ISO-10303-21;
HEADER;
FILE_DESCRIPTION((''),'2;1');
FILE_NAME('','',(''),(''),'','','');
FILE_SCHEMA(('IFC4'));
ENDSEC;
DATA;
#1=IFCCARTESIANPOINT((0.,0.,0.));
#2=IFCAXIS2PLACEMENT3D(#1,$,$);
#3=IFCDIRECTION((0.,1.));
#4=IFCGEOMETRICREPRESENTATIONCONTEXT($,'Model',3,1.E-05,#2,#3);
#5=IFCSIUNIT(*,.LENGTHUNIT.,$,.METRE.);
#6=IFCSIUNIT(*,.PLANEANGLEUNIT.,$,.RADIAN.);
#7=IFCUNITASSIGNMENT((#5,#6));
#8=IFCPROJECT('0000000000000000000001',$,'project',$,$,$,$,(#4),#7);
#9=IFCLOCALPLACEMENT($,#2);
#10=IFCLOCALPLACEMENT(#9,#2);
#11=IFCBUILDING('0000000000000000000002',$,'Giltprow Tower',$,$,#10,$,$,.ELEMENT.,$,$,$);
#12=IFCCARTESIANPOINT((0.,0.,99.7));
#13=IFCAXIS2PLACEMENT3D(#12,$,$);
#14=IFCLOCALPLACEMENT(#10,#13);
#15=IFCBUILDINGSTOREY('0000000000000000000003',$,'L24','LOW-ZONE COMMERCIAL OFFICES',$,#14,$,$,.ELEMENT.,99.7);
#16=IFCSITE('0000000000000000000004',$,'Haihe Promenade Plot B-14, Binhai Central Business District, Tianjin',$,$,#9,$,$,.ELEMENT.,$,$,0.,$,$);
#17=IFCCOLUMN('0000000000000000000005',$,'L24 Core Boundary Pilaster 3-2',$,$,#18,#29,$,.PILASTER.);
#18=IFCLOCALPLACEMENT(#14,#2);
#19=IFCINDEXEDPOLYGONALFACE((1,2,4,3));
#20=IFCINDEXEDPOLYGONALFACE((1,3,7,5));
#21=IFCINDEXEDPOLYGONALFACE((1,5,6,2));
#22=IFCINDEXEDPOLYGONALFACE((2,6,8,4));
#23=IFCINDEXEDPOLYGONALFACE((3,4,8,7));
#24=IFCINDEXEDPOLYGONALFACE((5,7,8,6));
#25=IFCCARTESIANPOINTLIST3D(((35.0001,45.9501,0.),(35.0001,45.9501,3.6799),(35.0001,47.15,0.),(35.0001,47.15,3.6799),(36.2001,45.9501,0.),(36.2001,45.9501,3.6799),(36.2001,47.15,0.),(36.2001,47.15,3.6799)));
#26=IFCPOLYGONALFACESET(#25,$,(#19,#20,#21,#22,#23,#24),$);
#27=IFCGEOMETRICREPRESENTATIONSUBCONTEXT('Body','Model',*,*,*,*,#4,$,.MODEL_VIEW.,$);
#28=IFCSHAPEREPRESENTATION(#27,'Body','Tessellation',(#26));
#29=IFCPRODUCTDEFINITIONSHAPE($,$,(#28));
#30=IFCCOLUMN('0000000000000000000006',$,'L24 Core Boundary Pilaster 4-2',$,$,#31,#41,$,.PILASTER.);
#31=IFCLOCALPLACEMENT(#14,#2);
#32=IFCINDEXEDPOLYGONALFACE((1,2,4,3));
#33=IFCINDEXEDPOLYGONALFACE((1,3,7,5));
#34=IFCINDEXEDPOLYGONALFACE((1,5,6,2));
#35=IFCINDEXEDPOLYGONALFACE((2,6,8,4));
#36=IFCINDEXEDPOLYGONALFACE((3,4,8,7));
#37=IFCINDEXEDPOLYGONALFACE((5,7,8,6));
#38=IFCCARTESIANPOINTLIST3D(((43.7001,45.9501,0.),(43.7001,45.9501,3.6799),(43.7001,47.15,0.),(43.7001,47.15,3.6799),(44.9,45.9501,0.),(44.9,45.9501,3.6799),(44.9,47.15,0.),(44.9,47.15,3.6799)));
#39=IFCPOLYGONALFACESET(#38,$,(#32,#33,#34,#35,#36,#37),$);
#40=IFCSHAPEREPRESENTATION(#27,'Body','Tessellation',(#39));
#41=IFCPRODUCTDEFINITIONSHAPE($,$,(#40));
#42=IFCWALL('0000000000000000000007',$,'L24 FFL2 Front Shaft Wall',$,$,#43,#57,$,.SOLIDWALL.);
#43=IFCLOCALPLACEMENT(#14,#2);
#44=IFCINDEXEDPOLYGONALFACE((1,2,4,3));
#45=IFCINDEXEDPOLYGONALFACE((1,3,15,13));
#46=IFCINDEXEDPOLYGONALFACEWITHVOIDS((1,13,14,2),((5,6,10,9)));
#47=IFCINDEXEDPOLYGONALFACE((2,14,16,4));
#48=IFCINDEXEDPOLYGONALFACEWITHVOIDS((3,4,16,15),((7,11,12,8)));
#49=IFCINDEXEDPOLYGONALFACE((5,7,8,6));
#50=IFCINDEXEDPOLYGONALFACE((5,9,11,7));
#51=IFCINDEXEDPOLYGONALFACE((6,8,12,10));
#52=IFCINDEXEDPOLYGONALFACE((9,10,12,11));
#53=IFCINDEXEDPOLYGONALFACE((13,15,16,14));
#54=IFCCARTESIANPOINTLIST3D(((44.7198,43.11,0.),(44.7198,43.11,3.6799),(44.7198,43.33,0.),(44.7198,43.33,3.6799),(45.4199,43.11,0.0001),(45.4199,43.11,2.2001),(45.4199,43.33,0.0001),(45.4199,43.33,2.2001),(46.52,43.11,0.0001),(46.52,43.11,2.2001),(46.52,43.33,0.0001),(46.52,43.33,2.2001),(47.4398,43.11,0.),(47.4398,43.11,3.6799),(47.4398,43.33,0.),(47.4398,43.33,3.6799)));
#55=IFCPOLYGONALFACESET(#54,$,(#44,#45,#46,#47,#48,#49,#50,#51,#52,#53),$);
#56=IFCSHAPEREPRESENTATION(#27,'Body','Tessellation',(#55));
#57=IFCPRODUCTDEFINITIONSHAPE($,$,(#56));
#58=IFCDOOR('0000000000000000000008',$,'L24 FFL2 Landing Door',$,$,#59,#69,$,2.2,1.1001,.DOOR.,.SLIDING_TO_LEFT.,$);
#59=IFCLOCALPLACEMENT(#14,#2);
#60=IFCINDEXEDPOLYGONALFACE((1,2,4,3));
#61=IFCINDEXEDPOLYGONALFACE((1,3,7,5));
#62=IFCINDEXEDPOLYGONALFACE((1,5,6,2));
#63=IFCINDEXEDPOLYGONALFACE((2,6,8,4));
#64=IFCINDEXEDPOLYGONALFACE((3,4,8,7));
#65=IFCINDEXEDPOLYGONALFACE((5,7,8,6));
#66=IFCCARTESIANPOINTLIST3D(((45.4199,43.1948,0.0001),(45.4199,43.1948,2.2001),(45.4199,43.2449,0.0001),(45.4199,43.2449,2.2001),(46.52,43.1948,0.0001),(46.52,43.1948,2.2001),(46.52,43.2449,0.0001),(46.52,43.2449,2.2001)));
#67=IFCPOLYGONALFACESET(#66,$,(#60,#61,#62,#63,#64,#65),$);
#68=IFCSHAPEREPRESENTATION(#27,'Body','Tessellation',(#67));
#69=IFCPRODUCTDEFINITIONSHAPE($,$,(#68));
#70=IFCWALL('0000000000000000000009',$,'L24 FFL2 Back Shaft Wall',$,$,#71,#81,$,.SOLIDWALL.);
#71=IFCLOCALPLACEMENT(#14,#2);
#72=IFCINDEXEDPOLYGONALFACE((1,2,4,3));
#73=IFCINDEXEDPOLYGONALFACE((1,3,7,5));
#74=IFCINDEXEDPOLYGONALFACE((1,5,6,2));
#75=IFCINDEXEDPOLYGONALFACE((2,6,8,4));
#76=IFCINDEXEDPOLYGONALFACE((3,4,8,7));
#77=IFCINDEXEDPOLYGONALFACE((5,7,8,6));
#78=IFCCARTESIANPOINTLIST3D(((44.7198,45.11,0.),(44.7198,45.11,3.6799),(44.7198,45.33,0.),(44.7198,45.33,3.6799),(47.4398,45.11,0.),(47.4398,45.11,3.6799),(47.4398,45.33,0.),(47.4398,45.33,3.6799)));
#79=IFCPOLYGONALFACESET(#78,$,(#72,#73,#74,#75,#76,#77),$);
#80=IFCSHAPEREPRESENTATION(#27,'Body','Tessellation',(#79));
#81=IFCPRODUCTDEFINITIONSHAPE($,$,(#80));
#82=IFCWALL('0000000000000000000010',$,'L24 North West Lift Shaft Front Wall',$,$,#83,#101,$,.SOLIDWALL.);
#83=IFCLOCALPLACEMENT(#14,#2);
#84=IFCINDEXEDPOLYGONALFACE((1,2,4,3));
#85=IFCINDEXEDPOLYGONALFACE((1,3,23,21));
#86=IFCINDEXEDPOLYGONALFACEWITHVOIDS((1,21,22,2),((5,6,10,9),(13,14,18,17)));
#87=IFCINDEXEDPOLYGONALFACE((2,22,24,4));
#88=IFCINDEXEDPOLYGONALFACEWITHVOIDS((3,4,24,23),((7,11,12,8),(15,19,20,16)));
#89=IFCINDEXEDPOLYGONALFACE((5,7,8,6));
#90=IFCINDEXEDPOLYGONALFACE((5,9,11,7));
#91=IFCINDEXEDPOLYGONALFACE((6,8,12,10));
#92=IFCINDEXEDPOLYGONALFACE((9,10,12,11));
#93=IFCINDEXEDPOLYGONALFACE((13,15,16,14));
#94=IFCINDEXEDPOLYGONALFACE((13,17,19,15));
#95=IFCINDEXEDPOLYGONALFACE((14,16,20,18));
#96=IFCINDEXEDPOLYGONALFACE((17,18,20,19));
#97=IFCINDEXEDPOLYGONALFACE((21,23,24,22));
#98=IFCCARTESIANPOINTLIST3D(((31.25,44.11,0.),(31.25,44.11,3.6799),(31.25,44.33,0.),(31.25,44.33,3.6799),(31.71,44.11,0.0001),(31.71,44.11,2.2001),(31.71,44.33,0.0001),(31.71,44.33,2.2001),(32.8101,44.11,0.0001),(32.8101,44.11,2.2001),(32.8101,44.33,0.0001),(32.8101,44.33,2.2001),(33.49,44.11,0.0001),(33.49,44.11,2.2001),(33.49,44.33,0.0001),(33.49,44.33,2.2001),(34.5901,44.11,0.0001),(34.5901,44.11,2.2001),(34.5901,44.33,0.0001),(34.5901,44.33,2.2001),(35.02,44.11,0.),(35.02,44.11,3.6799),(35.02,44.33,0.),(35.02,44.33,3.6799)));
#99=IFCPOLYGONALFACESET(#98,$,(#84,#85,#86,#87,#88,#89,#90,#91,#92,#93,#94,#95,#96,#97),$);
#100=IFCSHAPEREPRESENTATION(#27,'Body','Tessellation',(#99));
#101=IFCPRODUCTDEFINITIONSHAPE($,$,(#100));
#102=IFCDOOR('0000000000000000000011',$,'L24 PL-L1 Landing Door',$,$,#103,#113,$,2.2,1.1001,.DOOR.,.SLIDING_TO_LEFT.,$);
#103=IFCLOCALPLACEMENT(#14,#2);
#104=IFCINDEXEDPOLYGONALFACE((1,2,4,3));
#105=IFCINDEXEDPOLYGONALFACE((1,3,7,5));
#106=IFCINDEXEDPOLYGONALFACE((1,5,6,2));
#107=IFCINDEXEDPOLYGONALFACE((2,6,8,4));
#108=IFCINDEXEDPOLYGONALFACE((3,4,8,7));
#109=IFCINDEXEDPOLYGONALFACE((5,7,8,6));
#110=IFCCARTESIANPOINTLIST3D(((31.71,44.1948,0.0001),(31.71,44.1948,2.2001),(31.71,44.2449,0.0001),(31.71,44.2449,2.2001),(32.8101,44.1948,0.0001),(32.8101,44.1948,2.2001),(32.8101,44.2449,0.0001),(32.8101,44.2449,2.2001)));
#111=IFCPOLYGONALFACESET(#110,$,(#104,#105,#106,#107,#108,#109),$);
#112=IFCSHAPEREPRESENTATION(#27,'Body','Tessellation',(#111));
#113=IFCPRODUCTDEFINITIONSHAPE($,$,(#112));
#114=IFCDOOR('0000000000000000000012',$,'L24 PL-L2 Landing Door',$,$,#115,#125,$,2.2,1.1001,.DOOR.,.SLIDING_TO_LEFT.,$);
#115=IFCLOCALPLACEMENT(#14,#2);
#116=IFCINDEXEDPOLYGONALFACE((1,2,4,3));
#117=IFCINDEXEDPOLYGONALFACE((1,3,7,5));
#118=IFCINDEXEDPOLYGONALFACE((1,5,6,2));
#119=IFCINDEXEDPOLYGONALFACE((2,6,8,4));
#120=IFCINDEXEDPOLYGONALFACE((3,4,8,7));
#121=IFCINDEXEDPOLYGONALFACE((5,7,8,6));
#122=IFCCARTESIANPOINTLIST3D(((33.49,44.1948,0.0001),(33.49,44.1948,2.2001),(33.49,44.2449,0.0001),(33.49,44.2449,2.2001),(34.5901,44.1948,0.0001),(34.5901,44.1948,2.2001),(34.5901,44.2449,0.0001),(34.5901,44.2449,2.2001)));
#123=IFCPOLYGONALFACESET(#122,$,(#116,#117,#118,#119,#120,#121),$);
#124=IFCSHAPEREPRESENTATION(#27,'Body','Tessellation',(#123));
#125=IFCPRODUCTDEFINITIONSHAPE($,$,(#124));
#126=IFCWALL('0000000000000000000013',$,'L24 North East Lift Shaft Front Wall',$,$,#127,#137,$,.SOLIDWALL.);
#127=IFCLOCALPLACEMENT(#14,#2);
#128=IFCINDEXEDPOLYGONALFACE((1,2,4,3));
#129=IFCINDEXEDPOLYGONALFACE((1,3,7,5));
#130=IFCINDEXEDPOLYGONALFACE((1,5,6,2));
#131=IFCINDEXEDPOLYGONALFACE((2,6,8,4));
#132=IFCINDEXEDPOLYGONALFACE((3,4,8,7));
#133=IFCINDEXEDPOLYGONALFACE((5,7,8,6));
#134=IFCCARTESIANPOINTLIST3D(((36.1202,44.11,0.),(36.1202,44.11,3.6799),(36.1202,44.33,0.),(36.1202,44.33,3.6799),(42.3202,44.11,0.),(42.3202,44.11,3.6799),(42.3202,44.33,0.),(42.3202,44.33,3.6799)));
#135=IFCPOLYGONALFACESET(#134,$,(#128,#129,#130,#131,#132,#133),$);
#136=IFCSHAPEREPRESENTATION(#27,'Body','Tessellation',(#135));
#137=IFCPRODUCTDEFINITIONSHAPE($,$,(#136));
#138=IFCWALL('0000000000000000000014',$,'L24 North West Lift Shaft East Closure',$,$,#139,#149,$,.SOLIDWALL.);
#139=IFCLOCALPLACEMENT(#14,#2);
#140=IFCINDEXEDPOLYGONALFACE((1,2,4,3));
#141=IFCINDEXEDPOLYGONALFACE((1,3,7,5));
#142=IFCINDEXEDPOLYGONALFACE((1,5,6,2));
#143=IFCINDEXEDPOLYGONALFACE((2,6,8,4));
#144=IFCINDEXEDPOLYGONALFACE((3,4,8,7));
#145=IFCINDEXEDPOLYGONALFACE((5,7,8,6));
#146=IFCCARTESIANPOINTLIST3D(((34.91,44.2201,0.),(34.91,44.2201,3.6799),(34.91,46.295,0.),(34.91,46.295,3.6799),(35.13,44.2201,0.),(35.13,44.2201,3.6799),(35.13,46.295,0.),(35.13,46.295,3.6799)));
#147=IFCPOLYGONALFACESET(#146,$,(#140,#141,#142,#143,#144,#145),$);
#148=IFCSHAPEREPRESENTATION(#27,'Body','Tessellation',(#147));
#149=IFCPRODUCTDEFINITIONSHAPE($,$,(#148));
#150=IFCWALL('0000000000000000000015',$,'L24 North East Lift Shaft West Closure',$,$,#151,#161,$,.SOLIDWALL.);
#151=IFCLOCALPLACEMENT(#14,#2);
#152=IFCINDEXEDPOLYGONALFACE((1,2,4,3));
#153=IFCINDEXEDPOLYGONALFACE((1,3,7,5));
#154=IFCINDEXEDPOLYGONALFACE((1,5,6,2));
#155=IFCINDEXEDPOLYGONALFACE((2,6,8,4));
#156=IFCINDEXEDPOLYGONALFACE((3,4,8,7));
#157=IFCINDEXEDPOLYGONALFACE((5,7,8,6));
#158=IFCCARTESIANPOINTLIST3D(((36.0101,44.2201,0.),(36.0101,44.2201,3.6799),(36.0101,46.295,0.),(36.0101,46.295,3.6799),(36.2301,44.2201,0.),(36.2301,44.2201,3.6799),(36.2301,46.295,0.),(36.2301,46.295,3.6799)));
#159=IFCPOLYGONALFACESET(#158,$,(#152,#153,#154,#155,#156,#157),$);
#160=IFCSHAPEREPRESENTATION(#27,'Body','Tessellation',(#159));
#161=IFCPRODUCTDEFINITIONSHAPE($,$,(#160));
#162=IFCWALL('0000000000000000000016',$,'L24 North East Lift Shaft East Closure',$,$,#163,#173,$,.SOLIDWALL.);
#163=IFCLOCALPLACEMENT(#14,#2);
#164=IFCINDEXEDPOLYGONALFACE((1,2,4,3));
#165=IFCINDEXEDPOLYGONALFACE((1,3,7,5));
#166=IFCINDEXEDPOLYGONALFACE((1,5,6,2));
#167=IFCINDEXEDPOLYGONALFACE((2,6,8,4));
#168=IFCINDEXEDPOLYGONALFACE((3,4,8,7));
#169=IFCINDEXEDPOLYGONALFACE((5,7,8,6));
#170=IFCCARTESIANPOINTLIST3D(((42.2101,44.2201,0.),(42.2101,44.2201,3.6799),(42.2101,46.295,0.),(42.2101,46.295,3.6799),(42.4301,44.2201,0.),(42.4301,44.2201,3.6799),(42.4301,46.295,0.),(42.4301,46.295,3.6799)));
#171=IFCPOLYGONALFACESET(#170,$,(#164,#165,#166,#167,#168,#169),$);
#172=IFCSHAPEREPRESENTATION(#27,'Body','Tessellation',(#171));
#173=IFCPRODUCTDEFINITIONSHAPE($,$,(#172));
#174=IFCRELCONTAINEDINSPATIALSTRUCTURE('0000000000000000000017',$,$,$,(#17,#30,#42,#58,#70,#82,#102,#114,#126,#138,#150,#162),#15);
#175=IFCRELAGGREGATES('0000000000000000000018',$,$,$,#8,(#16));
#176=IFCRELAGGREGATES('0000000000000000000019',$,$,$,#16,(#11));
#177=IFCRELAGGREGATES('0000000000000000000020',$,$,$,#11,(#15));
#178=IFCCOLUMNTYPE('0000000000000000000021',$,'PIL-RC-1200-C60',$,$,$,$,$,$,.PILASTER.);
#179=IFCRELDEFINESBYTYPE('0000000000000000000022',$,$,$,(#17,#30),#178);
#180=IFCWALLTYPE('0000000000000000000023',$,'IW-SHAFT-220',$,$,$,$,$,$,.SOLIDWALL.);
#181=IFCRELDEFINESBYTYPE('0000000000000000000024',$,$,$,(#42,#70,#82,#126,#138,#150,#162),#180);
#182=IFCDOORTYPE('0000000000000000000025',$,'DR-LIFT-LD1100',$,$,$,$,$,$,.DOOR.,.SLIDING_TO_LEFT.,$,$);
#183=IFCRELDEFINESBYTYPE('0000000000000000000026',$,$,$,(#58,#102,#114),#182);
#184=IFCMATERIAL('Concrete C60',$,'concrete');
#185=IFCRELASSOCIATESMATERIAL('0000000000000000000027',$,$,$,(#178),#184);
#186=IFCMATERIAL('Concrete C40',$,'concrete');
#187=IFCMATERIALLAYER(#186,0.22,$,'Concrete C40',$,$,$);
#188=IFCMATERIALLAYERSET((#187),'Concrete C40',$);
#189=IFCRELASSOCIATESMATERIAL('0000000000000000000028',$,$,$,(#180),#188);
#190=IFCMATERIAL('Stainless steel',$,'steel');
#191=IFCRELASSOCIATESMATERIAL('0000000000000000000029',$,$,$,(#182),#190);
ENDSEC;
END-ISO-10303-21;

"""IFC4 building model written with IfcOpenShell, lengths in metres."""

from ifc_helpers import new_model, si_unit, direction, frame, frame_2d, origin, origin_2d, place, context, subcontext, project, spatial, rectangle, extrude, source, transform, mapped, material, layer, layer_set, material_profile, profile_set, type_object, element, fill, save


model = new_model("IFC4")

# Units and contexts
model_context = context("Model", 3, precision=1e-05, world=origin(), true_north=direction((0.0, 1.0)))
body_context = subcontext(model_context, "Body", "Model", "MODEL_VIEW")
ifc_project = project(units=[si_unit("LENGTHUNIT", "METRE"), si_unit("PLANEANGLEUNIT", "RADIAN")], contexts=[model_context])

# Site, building, storey
site_placement = place(None, origin())
site = spatial("IfcSite", under=ifc_project, at=site_placement, Name="Haihe Promenade Plot B-14, Binhai Central Business District, Tianjin", CompositionType="ELEMENT", RefElevation=0.0)
building_placement = place(site_placement, origin())
building = spatial("IfcBuilding", under=site, at=building_placement, Name="Giltprow Tower", CompositionType="ELEMENT")
storey_placement = place(building_placement, frame((0.0, 0.0, 99.7)))
storey = spatial("IfcBuildingStorey", under=building, at=storey_placement, Name="L24", Description="LOW-ZONE COMMERCIAL OFFICES", CompositionType="ELEMENT", Elevation=99.7)

# Columns
ifc_material_1 = material(Name="Concrete C60", Category="concrete")
ifc_material_profile = material_profile(ifc_material_1, rectangle(XDim=1.2, YDim=1.2, at=origin_2d()), Name="RC 1200x1200")
ifc_profile_set = profile_set([ifc_material_profile], Name="Concrete C60")
column_type = type_object("IfcColumnType", Name="PIL-RC-1200-C60", PredefinedType="PILASTER", material=ifc_profile_set)
shared_shape_1 = source(origin(), body_context, "Body", "SweptSolid", [
    extrude(rectangle(XDim=1.2, YDim=1.2, at=origin_2d()), origin(), (0.0, 0.0, 1.0), 3.6799),
])
for number, where, z_axis, x_axis, name in (
    (1, (35.6001, 46.55, 0.0), (0.0, 0.0, 1.0), (1.0, 0.0, 0.0), "L24 Core Boundary Pilaster 3-2"),
    (2, (44.3, 46.55, 0.0), (0.0, 0.0, 1.0), (1.0, 0.0, 0.0), "L24 Core Boundary Pilaster 4-2"),
):
    element("IfcColumn", number, at=place(storey_placement, frame(where, z_axis=z_axis, x_axis=x_axis)), inside=storey, type_object=column_type, Name=name, PredefinedType="PILASTER", context=body_context, shape_type="MappedRepresentation", body=[
        mapped(shared_shape_1, transform((0.0, 0.0, 0.0), x_axis=(1.0, 0.0, 0.0), y_axis=(0.0, 1.0, 0.0), z_axis=(0.0, 0.0, 1.0), scale=1.0)),
    ])

# Wall, opening, door
ifc_material_2 = material(Name="Concrete C40", Category="concrete")
ifc_layer_1 = layer(ifc_material_2, 0.22, Name="Concrete C40")
ifc_layer_set_1 = layer_set([ifc_layer_1], Name="Concrete C40")
wall_type_1 = type_object("IfcWallType", Name="IW-SHAFT-220", PredefinedType="SOLIDWALL", material=ifc_layer_set_1)
wall_1_placement = place(storey_placement, frame((44.72, 43.22, 0.0), z_axis=(0.0, 0.0, 1.0), x_axis=(1.0, 0.0, 0.0)))
wall_1 = element("IfcWall", 3, at=wall_1_placement, inside=storey, type_object=wall_type_1, Name="L24 FFL2 Front Shaft Wall", PredefinedType="SOLIDWALL", context=body_context, shape_type="SweptSolid", body=[
    extrude(rectangle(XDim=2.72, YDim=0.22, at=frame_2d((1.3599, 0.0))), origin(), (0.0, 0.0, 1.0), 3.6799),
])
opening_1_placement = place(wall_1_placement, frame((0.7, 0.0, 0.0)))
opening_1 = element("IfcOpeningElement", 4, at=opening_1_placement, cuts=wall_1, PredefinedType="OPENING", context=body_context, shape_type="SweptSolid", body=[
    extrude(rectangle(XDim=1.1001, YDim=2.2, at=frame_2d((0.55, 1.1001))), frame((0.0, 0.1199, 0.0), z_axis=(0.0, -1.0, 0.0), x_axis=(1.0, 0.0, 0.0)), (0.0, 0.0, 1.0), 0.24),
])
ifc_material_3 = material(Name="Stainless steel", Category="steel")
door_type = type_object("IfcDoorType", Name="DR-LIFT-LD1100", OperationType="SLIDING_TO_LEFT", PredefinedType="DOOR", material=ifc_material_3)
shared_shape_2 = source(origin(), body_context, "Body", "SweptSolid", [
    extrude(rectangle(XDim=1.1001, YDim=2.2, at=frame_2d((0.55, 1.1001))), frame((0.0, 0.0249, 0.0), z_axis=(0.0, -1.0, 0.0), x_axis=(1.0, 0.0, 0.0)), (0.0, 0.0, 1.0), 0.05),
])
door_1_placement = place(opening_1_placement, origin())
door_1 = element("IfcDoor", 5, at=door_1_placement, inside=storey, type_object=door_type, Name="L24 FFL2 Landing Door", OperationType="SLIDING_TO_LEFT", OverallHeight=2.2, OverallWidth=1.1001, PredefinedType="DOOR", context=body_context, shape_type="MappedRepresentation", body=[
    mapped(shared_shape_2, transform((0.0, 0.0, 0.0), x_axis=(1.0, 0.0, 0.0), y_axis=(0.0, 1.0, 0.0), z_axis=(0.0, 0.0, 1.0), scale=1.0)),
])
fill(opening_1, door_1)

# Wall
wall_2_placement = place(storey_placement, frame((44.72, 45.22, 0.0), z_axis=(0.0, 0.0, 1.0), x_axis=(1.0, 0.0, 0.0)))
element("IfcWall", 6, at=wall_2_placement, inside=storey, type_object=wall_type_1, Name="L24 FFL2 Back Shaft Wall", PredefinedType="SOLIDWALL", context=body_context, shape_type="SweptSolid", body=[
    extrude(rectangle(XDim=2.72, YDim=0.22, at=frame_2d((1.3599, 0.0))), origin(), (0.0, 0.0, 1.0), 3.6799),
])

# Wall, openings, doors
wall_3_placement = place(storey_placement, frame((31.25, 44.22, 0.0), z_axis=(0.0, 0.0, 1.0), x_axis=(1.0, 0.0, 0.0)))
wall_3 = element("IfcWall", 7, at=wall_3_placement, inside=storey, type_object=wall_type_1, Name="L24 North West Lift Shaft Front Wall", PredefinedType="SOLIDWALL", context=body_context, shape_type="SweptSolid", body=[
    extrude(rectangle(XDim=3.77, YDim=0.22, at=frame_2d((1.885, 0.0))), origin(), (0.0, 0.0, 1.0), 3.6799),
])
opening_2_placement = place(wall_3_placement, frame((0.46, 0.0, 0.0)))
opening_2 = element("IfcOpeningElement", 8, at=opening_2_placement, cuts=wall_3, PredefinedType="OPENING", context=body_context, shape_type="SweptSolid", body=[
    extrude(rectangle(XDim=1.1001, YDim=2.2, at=frame_2d((0.55, 1.1001))), frame((0.0, 0.1199, 0.0), z_axis=(0.0, -1.0, 0.0), x_axis=(1.0, 0.0, 0.0)), (0.0, 0.0, 1.0), 0.24),
])
opening_3_placement = place(wall_3_placement, frame((2.24, 0.0, 0.0)))
opening_3 = element("IfcOpeningElement", 9, at=opening_3_placement, cuts=wall_3, PredefinedType="OPENING", context=body_context, shape_type="SweptSolid", body=[
    extrude(rectangle(XDim=1.1001, YDim=2.2, at=frame_2d((0.55, 1.1001))), frame((0.0, 0.1199, 0.0), z_axis=(0.0, -1.0, 0.0), x_axis=(1.0, 0.0, 0.0)), (0.0, 0.0, 1.0), 0.24),
])
door_2_placement = place(opening_2_placement, origin())
door_2 = element("IfcDoor", 10, at=door_2_placement, inside=storey, type_object=door_type, Name="L24 PL-L1 Landing Door", OperationType="SLIDING_TO_LEFT", OverallHeight=2.2, OverallWidth=1.1001, PredefinedType="DOOR", context=body_context, shape_type="MappedRepresentation", body=[
    mapped(shared_shape_2, transform((0.0, 0.0, 0.0), x_axis=(1.0, 0.0, 0.0), y_axis=(0.0, 1.0, 0.0), z_axis=(0.0, 0.0, 1.0), scale=1.0)),
])
fill(opening_2, door_2)
door_3_placement = place(opening_3_placement, origin())
door_3 = element("IfcDoor", 11, at=door_3_placement, inside=storey, type_object=door_type, Name="L24 PL-L2 Landing Door", OperationType="SLIDING_TO_LEFT", OverallHeight=2.2, OverallWidth=1.1001, PredefinedType="DOOR", context=body_context, shape_type="MappedRepresentation", body=[
    mapped(shared_shape_2, transform((0.0, 0.0, 0.0), x_axis=(1.0, 0.0, 0.0), y_axis=(0.0, 1.0, 0.0), z_axis=(0.0, 0.0, 1.0), scale=1.0)),
])
fill(opening_3, door_3)

# Walls
wall_4_placement = place(storey_placement, frame((36.1201, 44.22, 0.0), z_axis=(0.0, 0.0, 1.0), x_axis=(1.0, 0.0, 0.0)))
element("IfcWall", 12, at=wall_4_placement, inside=storey, type_object=wall_type_1, Name="L24 North East Lift Shaft Front Wall", PredefinedType="SOLIDWALL", context=body_context, shape_type="SweptSolid", body=[
    extrude(rectangle(XDim=6.2, YDim=0.22, at=frame_2d((3.1001, 0.0))), origin(), (0.0, 0.0, 1.0), 3.6799),
])
for number, where, z_axis, x_axis, name in (
    (13, (35.02, 44.22, 0.0), (0.0, 0.0, 1.0), (0.0, 1.0, 0.0), "L24 North West Lift Shaft East Closure"),
    (14, (36.1201, 44.22, 0.0), (0.0, 0.0, 1.0), (0.0, 1.0, 0.0), "L24 North East Lift Shaft West Closure"),
    (15, (42.3201, 44.22, 0.0), (0.0, 0.0, 1.0), (0.0, 1.0, 0.0), "L24 North East Lift Shaft East Closure"),
):
    element("IfcWall", number, at=place(storey_placement, frame(where, z_axis=z_axis, x_axis=x_axis)), inside=storey, type_object=wall_type_1, Name=name, PredefinedType="SOLIDWALL", context=body_context, shape_type="SweptSolid", body=[
        extrude(rectangle(XDim=2.075, YDim=0.22, at=frame_2d((1.0376, 0.0))), origin(), (0.0, 0.0, 1.0), 3.6799),
    ])

save(model, "model.ifc")
